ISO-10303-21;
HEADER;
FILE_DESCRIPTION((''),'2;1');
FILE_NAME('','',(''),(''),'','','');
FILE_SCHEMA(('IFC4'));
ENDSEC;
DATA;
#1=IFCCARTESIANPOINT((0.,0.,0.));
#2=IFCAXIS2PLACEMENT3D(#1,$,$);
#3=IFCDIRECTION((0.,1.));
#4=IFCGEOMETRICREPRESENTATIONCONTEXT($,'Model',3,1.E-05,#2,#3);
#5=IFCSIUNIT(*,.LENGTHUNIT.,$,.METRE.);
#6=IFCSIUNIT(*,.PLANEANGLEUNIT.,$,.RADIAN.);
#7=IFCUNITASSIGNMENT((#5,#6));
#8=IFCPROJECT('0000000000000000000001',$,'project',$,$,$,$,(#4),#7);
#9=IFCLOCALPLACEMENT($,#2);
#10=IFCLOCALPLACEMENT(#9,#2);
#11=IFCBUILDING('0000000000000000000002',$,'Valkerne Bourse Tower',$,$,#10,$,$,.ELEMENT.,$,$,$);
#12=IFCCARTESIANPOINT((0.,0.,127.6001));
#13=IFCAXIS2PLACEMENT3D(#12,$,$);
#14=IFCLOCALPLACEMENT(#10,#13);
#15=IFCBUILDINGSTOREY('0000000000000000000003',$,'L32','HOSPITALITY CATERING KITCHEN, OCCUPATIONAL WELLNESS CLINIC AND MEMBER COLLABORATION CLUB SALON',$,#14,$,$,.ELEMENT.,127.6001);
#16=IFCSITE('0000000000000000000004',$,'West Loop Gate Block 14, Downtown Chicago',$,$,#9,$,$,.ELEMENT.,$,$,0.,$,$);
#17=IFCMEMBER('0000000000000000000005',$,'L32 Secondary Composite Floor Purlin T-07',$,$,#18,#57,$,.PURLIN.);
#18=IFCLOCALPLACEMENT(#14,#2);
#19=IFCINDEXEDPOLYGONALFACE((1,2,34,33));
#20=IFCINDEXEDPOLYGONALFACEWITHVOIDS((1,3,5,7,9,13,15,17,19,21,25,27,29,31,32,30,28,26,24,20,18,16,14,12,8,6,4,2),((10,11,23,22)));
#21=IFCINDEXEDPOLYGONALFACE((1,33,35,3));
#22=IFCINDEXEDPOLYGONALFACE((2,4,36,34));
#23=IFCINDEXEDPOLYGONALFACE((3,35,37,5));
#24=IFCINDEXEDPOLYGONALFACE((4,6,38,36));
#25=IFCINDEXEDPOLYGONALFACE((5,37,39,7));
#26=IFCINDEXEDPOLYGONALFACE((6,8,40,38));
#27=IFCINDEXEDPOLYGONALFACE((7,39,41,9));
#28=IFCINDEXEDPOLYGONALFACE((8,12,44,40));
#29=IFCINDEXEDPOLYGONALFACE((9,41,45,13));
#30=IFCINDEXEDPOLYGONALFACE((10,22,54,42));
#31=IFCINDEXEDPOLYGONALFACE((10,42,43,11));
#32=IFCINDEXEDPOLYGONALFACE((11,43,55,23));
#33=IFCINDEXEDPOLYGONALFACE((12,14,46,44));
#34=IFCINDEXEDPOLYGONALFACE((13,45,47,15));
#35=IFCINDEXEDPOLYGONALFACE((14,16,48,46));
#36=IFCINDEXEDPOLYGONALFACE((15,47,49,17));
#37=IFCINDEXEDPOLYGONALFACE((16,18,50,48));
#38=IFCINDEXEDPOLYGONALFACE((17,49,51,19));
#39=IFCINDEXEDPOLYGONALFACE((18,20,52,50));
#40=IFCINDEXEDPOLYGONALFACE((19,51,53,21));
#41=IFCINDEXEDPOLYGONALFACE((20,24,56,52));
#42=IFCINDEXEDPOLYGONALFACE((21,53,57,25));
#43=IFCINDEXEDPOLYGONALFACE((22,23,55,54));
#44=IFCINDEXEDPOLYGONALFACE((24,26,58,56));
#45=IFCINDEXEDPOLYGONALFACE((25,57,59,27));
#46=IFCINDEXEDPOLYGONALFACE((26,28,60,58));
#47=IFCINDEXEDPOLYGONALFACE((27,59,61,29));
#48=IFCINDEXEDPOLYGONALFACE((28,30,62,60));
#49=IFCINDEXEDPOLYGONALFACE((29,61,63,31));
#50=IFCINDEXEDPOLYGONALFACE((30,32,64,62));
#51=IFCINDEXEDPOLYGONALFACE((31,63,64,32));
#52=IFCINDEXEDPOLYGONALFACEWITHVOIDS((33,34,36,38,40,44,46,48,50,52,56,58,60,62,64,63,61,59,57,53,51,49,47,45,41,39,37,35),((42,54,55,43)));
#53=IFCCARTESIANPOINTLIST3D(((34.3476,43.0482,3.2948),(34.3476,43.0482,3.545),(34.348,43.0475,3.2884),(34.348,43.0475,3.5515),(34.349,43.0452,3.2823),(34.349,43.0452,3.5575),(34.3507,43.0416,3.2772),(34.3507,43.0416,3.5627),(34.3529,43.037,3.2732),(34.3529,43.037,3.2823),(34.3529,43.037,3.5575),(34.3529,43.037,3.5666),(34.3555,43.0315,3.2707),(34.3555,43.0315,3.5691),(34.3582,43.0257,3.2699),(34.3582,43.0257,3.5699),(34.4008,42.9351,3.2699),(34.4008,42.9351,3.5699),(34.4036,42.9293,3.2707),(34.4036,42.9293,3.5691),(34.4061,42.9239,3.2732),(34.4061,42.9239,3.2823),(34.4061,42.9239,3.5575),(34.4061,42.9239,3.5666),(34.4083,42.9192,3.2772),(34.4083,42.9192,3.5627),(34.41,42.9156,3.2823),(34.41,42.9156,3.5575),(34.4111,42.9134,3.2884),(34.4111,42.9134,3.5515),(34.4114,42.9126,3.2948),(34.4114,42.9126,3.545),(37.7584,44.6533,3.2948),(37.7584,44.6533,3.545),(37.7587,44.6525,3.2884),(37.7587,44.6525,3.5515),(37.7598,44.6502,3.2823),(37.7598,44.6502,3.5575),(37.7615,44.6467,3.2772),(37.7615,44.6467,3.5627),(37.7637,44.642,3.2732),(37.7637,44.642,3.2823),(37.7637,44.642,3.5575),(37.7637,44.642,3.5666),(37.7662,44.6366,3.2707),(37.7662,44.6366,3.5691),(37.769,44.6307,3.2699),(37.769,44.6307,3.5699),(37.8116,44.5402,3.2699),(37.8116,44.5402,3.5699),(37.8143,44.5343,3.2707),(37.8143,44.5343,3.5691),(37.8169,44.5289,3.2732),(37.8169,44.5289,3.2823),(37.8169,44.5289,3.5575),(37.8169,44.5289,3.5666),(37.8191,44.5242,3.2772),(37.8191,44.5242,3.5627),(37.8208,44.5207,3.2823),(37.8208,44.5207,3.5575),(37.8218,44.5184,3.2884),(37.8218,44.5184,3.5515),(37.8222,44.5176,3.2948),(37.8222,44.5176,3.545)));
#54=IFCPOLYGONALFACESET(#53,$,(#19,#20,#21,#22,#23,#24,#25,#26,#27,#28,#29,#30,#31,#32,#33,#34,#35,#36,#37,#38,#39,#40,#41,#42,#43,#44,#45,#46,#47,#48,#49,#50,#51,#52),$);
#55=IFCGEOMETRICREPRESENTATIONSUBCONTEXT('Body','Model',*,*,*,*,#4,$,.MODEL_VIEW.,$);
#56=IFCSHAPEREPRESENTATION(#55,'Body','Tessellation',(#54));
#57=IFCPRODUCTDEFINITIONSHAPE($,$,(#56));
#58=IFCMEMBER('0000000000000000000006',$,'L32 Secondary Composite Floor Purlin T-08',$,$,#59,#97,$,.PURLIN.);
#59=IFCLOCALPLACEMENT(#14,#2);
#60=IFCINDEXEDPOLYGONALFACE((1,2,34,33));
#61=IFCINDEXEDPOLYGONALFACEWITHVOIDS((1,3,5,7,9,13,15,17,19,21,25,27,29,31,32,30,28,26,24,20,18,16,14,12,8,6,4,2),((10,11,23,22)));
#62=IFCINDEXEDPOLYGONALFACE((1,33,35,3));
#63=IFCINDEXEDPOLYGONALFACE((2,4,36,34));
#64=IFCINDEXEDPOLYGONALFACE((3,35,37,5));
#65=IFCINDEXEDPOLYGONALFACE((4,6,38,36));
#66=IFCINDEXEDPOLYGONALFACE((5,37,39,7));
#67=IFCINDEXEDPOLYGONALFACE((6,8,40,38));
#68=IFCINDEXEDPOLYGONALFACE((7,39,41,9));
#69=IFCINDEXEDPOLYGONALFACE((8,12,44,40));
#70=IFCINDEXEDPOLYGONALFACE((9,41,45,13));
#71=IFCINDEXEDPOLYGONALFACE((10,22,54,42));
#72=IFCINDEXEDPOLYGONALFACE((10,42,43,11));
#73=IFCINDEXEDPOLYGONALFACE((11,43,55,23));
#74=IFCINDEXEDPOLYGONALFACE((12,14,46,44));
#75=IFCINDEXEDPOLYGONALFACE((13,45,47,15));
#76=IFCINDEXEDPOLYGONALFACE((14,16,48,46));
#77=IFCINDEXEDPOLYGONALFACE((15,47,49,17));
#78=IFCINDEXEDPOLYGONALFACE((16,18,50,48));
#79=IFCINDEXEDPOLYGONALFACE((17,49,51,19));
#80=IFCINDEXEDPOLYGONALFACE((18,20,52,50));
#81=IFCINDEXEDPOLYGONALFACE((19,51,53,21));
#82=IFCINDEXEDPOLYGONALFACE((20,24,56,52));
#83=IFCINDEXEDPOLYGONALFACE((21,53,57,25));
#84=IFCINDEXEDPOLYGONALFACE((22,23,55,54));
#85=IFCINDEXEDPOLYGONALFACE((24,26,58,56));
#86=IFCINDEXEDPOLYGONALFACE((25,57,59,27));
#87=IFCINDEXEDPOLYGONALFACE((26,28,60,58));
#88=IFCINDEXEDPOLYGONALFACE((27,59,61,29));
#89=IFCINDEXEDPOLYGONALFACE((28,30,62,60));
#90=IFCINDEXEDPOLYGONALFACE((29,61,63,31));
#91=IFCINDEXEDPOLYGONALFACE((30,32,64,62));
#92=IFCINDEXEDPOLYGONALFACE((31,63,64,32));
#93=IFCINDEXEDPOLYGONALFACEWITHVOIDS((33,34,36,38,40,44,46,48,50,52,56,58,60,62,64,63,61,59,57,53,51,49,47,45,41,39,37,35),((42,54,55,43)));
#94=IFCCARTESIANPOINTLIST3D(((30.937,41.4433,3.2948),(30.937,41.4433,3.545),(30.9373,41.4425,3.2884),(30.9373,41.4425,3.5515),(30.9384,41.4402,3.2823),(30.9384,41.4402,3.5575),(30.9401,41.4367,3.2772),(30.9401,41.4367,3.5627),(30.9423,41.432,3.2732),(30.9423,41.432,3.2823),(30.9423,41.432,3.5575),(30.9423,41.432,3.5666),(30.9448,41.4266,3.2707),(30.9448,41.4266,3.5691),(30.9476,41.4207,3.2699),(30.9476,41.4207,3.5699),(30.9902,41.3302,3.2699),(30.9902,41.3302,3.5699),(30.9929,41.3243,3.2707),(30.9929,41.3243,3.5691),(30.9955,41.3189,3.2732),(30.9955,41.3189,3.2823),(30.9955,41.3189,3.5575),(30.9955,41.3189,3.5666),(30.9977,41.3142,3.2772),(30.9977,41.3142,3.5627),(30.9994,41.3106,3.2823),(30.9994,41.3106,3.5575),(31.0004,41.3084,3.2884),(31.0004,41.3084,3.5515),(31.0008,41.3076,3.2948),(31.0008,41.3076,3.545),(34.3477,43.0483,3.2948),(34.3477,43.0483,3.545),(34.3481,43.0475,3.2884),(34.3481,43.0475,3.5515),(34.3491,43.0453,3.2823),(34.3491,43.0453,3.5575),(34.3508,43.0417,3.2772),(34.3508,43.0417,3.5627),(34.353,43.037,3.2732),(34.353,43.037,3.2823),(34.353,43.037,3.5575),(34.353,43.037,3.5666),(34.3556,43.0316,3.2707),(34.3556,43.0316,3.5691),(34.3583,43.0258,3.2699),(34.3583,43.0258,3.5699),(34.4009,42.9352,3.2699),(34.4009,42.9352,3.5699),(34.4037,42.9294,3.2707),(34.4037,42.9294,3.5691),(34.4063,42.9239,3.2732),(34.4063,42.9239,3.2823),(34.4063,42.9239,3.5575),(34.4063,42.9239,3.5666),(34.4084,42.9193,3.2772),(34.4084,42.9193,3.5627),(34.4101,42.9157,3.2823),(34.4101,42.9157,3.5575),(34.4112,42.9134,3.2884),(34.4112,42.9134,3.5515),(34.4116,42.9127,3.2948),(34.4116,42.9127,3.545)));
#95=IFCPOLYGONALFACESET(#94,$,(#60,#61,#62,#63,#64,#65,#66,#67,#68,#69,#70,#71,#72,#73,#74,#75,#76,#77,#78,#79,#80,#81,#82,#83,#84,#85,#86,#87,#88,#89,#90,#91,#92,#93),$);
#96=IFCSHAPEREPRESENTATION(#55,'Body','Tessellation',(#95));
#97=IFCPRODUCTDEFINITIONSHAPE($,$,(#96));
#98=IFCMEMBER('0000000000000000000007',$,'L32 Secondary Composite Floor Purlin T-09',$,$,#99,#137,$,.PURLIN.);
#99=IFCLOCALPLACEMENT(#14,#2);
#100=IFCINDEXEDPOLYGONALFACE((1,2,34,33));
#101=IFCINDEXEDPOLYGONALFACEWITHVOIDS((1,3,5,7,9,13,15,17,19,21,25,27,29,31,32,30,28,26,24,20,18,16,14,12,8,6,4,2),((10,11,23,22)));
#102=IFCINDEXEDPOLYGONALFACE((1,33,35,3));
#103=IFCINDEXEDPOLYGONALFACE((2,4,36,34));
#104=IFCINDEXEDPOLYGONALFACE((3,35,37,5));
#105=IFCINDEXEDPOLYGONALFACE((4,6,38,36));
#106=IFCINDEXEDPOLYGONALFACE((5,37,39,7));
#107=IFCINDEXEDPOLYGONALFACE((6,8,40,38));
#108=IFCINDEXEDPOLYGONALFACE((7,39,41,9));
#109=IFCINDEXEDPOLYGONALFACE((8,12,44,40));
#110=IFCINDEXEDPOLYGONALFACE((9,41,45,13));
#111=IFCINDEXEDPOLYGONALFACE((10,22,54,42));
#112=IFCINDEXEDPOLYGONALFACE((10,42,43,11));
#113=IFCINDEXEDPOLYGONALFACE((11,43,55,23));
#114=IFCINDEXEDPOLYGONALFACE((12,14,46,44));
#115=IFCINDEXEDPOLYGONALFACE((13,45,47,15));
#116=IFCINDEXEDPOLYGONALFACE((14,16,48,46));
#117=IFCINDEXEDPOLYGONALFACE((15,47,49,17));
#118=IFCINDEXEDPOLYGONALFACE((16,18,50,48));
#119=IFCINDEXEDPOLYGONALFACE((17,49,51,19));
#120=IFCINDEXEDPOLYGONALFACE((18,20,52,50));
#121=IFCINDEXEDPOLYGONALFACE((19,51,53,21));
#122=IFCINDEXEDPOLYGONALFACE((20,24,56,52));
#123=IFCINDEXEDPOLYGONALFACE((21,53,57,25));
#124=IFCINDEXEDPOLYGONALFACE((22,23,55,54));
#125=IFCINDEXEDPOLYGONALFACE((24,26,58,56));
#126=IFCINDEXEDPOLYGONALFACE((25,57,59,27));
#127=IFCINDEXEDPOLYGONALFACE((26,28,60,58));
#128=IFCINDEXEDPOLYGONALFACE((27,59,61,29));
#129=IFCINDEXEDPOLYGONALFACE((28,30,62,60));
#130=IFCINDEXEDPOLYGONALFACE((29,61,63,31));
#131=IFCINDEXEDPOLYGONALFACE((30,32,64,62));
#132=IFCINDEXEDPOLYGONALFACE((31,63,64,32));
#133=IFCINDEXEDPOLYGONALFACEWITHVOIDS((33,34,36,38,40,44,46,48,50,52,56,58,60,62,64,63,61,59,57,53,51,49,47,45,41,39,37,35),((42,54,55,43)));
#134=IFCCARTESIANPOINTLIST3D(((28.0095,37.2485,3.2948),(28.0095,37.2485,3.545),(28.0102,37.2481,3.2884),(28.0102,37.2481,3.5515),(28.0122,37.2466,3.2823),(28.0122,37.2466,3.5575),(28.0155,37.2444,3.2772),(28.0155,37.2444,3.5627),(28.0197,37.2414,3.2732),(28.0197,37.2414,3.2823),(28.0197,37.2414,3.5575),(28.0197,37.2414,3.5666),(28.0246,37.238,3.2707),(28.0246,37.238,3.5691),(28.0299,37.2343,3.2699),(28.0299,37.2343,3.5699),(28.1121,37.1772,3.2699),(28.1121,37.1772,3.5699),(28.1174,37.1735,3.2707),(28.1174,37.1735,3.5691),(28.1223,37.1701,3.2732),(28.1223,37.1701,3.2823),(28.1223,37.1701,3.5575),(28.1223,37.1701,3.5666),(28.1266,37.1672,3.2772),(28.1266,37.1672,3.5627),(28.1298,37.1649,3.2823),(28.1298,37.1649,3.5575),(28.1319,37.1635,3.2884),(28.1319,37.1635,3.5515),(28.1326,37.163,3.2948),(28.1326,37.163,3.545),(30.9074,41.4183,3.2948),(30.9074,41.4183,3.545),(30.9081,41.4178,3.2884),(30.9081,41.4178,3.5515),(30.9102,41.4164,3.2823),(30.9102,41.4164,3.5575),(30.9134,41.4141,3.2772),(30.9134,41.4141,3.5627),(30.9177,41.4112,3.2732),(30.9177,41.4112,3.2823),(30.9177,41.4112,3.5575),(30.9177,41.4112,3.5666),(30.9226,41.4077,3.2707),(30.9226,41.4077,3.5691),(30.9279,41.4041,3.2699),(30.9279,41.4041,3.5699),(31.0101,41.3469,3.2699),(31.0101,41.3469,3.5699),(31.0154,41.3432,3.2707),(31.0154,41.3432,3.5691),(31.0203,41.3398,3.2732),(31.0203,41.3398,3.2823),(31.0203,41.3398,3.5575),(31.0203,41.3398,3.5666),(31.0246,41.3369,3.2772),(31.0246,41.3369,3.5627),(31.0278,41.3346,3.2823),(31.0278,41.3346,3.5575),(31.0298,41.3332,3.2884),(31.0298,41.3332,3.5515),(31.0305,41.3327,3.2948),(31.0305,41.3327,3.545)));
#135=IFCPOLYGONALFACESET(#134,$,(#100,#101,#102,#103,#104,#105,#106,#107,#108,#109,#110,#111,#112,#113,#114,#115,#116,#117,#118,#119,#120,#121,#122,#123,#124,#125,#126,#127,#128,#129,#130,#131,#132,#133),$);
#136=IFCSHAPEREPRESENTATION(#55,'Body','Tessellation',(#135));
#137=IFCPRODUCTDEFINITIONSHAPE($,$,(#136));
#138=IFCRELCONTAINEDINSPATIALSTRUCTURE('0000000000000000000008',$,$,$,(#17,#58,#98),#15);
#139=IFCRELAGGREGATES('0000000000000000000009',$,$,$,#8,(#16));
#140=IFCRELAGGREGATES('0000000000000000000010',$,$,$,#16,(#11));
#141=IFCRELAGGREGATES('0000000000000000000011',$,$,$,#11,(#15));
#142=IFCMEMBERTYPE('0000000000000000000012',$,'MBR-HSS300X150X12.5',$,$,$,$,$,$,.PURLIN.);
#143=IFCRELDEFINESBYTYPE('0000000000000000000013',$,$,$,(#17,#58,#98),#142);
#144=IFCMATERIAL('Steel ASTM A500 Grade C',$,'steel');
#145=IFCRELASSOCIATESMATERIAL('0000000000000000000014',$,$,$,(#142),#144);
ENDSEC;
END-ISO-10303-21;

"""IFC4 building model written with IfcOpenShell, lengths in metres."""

from ifc_helpers import new_model, si_unit, direction, frame, origin, origin_2d, place, context, subcontext, project, spatial, hollow_rectangle, extrude, material, material_profile, profile_set, type_object, element, save


model = new_model("IFC4")

# Units and contexts
model_context = context("Model", 3, precision=1e-05, world=origin(), true_north=direction((0.0, 1.0)))
body_context = subcontext(model_context, "Body", "Model", "MODEL_VIEW")
ifc_project = project(units=[si_unit("LENGTHUNIT", "METRE"), si_unit("PLANEANGLEUNIT", "RADIAN")], contexts=[model_context])

# Site, building, storey
site_placement = place(None, origin())
site = spatial("IfcSite", under=ifc_project, at=site_placement, Name="West Loop Gate Block 14, Downtown Chicago", CompositionType="ELEMENT", RefElevation=0.0)
building_placement = place(site_placement, origin())
building = spatial("IfcBuilding", under=site, at=building_placement, Name="Valkerne Bourse Tower", CompositionType="ELEMENT")
storey_placement = place(building_placement, frame((0.0, 0.0, 127.6001)))
storey = spatial("IfcBuildingStorey", under=building, at=storey_placement, Name="L32", Description="HOSPITALITY CATERING KITCHEN, OCCUPATIONAL WELLNESS CLINIC AND MEMBER COLLABORATION CLUB SALON", CompositionType="ELEMENT", Elevation=127.6001)

# Members
ifc_material_1 = material(Name="Steel ASTM A500 Grade C", Category="steel")
ifc_material_profile_1 = material_profile(ifc_material_1, hollow_rectangle(XDim=0.1499, YDim=0.3, WallThickness=0.0125, OuterFilletRadius=0.0249, at=origin_2d()), Name="HSS300X150X12.5")
ifc_profile_set_1 = profile_set([ifc_material_profile_1], Name="Steel ASTM A500 Grade C")
member_type_1 = type_object("IfcMemberType", Name="MBR-HSS300X150X12.5", PredefinedType="PURLIN", material=ifc_profile_set_1)
for number, where, z_axis, x_axis, name in (
    (1, (37.7903, 44.5854, 3.4199), (-0.904822, -0.425791, 0.0), (0.425791, -0.904822, 0.0), "L32 Secondary Composite Floor Purlin T-07"),
    (2, (34.3796, 42.9805, 3.4199), (-0.904822, -0.425791, 0.0), (0.425791, -0.904822, 0.0), "L32 Secondary Composite Floor Purlin T-08"),
):
    element("IfcMember", number, at=place(storey_placement, frame(where, z_axis=z_axis, x_axis=x_axis)), inside=storey, type_object=member_type_1, Name=name, PredefinedType="PURLIN", context=body_context, shape_type="SweptSolid", body=[
        extrude(hollow_rectangle(XDim=0.1499, YDim=0.3, WallThickness=0.0125, OuterFilletRadius=0.0249, at=origin_2d()), origin(), (0.0, 0.0, 1.0), 3.7695),
    ])
member_1_placement = place(storey_placement, frame((30.969, 41.3755, 3.4199), z_axis=(-0.570707, -0.821154, 0.0), x_axis=(0.821154, -0.570707, 0.0)))
element("IfcMember", 3, at=member_1_placement, inside=storey, type_object=member_type_1, Name="L32 Secondary Composite Floor Purlin T-09", PredefinedType="PURLIN", context=body_context, shape_type="SweptSolid", body=[
    extrude(hollow_rectangle(XDim=0.1499, YDim=0.3, WallThickness=0.0125, OuterFilletRadius=0.0249, at=origin_2d()), origin(), (0.0, 0.0, 1.0), 5.0779),
])

save(model, "model.ifc")
